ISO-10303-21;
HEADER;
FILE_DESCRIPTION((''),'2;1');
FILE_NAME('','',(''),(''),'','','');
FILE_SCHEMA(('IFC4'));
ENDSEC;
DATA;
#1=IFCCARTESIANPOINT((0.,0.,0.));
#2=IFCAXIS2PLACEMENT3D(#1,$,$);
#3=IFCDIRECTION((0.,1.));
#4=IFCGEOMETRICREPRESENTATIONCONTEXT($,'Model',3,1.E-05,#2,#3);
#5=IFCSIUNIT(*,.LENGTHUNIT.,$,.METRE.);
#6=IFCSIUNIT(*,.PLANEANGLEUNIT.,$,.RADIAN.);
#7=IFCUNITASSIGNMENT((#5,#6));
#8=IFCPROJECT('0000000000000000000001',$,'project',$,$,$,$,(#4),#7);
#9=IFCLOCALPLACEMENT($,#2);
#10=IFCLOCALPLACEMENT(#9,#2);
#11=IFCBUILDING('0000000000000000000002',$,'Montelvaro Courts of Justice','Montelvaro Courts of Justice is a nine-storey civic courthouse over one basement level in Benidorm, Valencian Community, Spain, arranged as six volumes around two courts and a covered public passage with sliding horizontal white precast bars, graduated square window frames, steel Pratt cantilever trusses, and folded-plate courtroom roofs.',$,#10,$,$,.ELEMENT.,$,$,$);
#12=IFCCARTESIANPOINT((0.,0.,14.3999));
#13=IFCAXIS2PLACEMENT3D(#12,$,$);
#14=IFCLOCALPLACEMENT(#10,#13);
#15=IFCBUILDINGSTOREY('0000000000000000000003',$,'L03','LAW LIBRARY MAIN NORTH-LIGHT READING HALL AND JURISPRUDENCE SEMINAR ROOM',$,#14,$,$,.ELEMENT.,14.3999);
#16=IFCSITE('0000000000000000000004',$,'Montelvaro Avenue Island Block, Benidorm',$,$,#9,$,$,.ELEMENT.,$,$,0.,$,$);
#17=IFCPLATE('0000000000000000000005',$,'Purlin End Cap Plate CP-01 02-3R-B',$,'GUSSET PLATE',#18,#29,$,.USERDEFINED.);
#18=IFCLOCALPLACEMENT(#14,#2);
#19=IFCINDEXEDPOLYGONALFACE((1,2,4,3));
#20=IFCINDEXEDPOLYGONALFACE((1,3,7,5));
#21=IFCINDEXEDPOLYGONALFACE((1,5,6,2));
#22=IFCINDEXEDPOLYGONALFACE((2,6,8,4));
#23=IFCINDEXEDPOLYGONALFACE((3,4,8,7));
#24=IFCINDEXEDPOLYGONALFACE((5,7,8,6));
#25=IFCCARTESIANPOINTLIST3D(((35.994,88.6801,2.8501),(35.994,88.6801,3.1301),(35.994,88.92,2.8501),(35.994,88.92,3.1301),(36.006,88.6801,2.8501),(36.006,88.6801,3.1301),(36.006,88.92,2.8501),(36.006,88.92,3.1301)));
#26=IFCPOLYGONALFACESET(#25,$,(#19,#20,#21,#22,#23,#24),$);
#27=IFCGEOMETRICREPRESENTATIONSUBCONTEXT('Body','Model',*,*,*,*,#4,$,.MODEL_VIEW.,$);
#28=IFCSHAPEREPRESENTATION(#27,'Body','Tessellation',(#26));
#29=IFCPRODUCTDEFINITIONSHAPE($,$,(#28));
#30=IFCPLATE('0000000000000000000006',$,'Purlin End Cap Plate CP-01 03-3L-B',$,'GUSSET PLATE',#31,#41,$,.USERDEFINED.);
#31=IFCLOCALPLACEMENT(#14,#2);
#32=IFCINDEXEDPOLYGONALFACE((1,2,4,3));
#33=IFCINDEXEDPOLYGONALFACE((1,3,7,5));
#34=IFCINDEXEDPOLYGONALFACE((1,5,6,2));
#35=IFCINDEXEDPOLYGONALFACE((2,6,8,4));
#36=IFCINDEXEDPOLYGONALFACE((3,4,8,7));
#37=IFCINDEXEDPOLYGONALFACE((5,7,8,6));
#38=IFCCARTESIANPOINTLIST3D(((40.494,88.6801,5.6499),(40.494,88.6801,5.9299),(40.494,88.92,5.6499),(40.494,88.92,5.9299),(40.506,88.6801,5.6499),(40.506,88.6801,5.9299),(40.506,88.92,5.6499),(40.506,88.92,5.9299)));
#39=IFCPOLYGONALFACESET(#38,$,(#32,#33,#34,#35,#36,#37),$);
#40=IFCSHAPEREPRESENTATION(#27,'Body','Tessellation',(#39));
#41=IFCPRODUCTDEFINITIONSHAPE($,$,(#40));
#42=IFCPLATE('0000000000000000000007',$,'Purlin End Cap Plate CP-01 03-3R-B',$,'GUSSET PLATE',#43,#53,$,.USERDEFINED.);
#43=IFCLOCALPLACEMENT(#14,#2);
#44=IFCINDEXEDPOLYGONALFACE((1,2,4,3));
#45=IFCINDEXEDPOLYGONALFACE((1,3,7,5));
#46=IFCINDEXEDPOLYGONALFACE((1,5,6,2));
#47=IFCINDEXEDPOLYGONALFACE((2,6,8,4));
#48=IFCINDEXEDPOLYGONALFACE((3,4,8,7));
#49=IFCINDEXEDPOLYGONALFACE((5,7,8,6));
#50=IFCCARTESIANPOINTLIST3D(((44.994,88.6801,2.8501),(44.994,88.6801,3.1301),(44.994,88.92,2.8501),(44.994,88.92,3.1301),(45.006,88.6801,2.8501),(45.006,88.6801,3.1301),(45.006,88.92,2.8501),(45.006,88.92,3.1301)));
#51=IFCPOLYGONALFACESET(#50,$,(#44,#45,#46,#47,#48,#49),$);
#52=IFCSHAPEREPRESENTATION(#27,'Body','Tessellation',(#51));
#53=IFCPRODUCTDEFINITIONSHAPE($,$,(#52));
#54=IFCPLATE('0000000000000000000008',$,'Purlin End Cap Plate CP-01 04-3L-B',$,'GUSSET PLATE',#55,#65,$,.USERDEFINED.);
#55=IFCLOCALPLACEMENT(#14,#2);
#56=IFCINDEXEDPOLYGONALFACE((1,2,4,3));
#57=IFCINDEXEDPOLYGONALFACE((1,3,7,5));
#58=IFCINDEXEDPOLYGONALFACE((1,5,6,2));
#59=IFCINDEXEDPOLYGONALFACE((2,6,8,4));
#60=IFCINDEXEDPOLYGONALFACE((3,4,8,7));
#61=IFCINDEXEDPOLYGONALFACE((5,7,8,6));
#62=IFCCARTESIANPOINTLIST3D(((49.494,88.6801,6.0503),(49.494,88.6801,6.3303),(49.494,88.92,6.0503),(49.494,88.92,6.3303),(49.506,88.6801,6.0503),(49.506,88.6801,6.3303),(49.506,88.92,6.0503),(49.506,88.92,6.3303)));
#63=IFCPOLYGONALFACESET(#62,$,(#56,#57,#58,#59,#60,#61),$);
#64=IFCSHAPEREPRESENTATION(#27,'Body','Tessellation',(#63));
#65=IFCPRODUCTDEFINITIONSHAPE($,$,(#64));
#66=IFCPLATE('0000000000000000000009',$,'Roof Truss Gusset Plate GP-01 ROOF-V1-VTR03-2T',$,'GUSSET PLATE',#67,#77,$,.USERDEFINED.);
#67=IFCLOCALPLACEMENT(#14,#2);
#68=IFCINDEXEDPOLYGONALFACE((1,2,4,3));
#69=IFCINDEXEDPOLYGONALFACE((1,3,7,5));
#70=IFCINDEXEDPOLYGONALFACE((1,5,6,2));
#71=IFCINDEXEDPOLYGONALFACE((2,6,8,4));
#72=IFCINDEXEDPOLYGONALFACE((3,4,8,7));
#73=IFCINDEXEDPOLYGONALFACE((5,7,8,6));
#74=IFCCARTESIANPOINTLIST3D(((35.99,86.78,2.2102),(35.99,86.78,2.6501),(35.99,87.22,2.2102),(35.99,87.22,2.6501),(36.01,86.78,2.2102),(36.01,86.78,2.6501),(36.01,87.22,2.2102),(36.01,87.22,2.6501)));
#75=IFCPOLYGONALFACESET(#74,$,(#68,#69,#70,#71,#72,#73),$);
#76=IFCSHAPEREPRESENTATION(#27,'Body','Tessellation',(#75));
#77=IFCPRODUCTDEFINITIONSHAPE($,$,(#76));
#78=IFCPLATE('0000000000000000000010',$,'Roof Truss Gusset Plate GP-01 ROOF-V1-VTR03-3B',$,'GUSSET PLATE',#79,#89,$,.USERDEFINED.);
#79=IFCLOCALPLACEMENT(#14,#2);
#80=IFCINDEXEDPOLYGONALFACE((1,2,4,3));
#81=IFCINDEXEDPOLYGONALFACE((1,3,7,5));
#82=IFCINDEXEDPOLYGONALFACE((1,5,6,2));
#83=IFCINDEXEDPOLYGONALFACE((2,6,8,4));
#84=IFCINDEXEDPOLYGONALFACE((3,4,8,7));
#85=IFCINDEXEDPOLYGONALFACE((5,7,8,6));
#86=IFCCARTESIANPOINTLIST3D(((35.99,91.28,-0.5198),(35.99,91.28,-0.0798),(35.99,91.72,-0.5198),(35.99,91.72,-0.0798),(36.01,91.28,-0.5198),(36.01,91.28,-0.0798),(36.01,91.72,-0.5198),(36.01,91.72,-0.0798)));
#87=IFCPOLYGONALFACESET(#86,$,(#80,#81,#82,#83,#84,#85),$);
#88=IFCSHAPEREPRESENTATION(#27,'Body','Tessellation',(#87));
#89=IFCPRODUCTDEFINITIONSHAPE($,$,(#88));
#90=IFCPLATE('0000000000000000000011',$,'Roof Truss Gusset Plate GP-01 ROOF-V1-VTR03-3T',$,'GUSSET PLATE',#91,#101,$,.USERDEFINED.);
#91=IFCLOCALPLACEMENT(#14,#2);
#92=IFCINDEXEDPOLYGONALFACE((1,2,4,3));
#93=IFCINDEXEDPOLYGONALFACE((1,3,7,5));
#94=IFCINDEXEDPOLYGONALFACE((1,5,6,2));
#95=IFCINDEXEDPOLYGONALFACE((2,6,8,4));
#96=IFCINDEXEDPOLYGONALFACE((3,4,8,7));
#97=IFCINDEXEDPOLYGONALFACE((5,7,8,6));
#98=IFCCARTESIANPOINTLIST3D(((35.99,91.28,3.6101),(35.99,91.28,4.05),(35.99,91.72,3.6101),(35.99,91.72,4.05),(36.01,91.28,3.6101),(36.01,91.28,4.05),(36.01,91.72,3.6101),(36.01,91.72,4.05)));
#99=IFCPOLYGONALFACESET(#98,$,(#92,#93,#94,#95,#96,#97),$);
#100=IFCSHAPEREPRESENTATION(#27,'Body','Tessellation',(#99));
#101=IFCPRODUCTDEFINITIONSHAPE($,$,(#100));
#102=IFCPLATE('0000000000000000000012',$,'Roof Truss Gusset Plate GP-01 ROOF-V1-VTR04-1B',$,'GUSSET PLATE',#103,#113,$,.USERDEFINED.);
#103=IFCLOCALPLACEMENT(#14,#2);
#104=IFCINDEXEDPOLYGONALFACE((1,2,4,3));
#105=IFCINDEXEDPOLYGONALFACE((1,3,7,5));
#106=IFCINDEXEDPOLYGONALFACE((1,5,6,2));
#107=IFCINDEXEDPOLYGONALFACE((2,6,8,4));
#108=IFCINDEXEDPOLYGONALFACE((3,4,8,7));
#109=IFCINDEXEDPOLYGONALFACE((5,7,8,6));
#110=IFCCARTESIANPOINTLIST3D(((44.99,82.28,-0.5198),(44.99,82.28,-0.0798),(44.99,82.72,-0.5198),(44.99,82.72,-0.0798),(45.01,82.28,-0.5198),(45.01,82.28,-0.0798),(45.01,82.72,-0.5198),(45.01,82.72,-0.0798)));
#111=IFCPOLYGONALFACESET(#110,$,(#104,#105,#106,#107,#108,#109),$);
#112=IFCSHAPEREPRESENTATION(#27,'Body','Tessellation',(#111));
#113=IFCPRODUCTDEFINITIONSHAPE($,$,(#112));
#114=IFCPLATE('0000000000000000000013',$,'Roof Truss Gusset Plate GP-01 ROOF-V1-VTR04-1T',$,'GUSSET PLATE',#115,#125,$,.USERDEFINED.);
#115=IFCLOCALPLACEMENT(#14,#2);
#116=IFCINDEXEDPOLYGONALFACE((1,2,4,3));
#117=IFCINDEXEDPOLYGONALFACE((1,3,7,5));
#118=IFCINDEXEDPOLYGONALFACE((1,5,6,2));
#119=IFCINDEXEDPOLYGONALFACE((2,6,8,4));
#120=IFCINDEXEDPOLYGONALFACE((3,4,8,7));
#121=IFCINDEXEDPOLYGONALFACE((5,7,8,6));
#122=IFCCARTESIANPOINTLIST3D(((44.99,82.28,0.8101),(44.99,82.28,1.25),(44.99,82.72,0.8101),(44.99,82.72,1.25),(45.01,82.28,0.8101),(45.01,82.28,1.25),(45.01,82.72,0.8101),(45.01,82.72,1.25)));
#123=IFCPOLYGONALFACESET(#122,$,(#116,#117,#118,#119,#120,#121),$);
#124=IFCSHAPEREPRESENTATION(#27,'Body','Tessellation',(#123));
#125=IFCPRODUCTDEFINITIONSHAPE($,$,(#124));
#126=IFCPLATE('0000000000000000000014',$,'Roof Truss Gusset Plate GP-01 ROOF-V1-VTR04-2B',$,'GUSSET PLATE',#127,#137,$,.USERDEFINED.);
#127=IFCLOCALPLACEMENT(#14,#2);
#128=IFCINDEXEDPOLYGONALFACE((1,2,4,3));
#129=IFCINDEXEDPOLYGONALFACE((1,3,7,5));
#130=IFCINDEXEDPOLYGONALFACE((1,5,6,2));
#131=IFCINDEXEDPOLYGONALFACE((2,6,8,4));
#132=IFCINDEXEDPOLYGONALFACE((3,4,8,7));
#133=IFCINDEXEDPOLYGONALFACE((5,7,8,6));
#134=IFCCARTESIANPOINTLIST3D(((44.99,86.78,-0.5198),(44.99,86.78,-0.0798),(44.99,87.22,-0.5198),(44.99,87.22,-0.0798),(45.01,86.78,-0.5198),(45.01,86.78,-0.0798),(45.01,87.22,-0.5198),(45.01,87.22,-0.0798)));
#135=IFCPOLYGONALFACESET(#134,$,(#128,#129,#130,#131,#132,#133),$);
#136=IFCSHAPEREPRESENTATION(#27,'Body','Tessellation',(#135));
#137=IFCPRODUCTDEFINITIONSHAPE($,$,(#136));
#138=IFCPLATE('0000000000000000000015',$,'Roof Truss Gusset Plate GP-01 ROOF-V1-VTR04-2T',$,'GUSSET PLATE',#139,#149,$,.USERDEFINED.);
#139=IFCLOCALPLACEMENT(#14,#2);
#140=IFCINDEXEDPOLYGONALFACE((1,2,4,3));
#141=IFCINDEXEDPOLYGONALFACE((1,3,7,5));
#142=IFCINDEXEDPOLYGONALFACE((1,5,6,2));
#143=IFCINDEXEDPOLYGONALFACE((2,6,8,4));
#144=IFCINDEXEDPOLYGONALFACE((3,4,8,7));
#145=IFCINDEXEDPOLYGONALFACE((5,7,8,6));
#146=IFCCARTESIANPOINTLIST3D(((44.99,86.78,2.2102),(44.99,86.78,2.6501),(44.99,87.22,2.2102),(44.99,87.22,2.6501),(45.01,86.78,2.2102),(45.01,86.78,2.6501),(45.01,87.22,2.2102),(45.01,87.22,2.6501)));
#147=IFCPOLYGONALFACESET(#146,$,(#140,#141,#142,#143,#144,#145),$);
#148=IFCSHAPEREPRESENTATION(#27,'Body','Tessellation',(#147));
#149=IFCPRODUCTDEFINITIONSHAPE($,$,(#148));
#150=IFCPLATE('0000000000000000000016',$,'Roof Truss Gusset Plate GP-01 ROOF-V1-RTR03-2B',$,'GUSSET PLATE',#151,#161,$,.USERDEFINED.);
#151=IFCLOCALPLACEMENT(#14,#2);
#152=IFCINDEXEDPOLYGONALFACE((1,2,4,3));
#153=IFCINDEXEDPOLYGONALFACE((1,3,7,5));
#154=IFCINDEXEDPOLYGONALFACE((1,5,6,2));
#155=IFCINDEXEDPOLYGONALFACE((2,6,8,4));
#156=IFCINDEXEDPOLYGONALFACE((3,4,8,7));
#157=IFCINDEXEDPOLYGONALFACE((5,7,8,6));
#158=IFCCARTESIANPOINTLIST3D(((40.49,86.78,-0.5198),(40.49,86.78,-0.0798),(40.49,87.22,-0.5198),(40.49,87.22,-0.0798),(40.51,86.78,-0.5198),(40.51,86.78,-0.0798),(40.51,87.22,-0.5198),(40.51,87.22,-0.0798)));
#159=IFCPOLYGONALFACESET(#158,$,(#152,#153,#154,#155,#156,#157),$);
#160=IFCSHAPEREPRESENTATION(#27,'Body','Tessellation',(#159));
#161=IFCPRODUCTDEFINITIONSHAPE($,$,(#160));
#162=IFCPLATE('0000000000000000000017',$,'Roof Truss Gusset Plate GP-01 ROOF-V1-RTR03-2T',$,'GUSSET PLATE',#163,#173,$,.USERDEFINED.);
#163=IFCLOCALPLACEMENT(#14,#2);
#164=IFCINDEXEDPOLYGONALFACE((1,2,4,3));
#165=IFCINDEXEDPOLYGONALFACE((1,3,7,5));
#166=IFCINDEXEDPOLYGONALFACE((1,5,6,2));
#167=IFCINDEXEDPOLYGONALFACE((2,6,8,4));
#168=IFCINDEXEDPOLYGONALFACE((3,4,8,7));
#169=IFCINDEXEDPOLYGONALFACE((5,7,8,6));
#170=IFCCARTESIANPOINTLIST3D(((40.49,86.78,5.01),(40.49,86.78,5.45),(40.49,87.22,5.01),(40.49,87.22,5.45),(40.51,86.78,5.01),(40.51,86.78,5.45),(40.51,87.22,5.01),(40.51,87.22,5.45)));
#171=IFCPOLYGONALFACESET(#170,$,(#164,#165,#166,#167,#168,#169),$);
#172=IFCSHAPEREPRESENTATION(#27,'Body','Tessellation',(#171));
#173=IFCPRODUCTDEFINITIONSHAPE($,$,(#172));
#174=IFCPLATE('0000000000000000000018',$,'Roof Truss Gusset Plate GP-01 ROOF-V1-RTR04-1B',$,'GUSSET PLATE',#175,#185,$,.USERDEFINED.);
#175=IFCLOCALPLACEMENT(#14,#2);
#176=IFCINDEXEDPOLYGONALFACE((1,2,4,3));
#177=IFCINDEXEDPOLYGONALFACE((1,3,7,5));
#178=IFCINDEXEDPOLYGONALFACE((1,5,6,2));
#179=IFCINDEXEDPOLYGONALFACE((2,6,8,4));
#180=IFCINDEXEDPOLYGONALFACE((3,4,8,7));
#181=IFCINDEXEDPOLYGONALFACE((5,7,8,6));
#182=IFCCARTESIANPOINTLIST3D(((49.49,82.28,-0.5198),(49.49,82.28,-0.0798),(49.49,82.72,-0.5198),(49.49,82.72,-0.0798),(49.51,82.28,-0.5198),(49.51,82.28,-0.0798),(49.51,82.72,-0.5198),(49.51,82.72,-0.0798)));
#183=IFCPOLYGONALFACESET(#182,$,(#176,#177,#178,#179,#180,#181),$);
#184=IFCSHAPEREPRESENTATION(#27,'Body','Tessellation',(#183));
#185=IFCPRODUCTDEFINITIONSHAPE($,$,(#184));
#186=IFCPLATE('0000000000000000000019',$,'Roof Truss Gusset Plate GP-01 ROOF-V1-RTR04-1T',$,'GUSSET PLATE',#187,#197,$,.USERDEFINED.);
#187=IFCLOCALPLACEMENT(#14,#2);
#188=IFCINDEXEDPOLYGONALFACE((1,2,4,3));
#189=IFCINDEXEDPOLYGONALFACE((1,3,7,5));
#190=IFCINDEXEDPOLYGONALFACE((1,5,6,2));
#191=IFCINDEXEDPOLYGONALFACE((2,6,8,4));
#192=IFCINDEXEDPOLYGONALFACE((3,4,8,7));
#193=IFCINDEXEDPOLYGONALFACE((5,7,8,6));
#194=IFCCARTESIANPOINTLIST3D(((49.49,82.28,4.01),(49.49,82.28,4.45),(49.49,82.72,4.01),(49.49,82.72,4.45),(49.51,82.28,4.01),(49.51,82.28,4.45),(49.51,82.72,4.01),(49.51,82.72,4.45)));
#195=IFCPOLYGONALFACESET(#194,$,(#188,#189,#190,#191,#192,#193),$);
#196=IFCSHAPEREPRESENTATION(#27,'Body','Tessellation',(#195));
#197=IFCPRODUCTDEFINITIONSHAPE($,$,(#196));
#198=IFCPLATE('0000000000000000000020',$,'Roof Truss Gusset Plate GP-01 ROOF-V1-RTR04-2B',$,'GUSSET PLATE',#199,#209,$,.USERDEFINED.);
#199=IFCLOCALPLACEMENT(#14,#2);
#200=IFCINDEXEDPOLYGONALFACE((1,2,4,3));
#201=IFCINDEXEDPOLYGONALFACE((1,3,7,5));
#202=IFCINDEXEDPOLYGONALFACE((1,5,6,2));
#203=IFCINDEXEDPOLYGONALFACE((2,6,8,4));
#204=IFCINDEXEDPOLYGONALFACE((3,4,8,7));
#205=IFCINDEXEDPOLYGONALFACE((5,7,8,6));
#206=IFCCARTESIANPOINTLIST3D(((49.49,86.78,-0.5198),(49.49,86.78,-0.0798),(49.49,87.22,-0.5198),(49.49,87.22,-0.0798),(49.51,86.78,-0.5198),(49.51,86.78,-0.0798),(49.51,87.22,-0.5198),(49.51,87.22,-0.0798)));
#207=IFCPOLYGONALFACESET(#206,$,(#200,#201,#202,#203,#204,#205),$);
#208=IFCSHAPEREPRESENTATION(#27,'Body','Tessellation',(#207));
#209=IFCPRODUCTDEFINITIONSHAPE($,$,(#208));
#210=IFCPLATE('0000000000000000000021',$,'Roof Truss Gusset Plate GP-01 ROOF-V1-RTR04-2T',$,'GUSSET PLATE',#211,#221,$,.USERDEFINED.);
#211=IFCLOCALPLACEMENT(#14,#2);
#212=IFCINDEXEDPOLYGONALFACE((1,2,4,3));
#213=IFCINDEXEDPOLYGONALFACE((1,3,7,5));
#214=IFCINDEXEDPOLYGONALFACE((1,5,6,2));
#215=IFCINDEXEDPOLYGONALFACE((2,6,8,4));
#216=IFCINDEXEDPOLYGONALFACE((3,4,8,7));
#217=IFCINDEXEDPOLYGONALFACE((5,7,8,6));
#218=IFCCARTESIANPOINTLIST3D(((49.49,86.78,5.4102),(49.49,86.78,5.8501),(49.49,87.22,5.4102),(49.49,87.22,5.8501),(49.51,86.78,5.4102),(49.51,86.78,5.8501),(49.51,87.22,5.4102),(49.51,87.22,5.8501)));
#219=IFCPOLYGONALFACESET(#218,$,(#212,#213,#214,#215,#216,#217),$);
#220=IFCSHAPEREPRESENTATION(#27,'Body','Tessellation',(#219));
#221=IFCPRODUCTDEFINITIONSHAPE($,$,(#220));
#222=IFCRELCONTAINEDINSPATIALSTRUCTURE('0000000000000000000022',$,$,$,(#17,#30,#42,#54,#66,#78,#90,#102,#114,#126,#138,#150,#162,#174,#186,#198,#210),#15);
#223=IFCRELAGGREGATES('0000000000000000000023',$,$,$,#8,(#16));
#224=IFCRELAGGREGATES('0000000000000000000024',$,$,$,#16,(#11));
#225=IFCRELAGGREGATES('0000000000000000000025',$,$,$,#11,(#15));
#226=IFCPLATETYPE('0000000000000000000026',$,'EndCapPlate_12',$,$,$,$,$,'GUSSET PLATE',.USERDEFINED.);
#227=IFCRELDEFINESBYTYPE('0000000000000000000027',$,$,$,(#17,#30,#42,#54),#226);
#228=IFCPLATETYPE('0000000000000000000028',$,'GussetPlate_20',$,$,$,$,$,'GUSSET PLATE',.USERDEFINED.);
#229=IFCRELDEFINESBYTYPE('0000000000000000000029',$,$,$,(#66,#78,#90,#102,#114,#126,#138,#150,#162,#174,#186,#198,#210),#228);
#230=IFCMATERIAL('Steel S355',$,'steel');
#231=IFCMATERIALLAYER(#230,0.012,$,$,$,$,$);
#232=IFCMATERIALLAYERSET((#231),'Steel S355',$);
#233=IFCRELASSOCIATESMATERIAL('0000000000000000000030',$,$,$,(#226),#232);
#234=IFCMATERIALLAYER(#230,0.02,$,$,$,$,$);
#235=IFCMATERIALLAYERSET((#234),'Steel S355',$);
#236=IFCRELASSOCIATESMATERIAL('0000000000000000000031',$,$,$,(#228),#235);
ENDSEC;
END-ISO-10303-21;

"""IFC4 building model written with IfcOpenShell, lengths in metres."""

from ifc_helpers import new_model, si_unit, direction, frame, origin, origin_2d, place, context, subcontext, project, spatial, rectangle, extrude, material, layer, layer_set, type_object, element, save


model = new_model("IFC4")

# Units and contexts
model_context = context("Model", 3, precision=1e-05, world=origin(), true_north=direction((0.0, 1.0)))
body_context = subcontext(model_context, "Body", "Model", "MODEL_VIEW")
ifc_project = project(units=[si_unit("LENGTHUNIT", "METRE"), si_unit("PLANEANGLEUNIT", "RADIAN")], contexts=[model_context])

# Site, building, storey
site_placement = place(None, origin())
site = spatial("IfcSite", under=ifc_project, at=site_placement, Name="Montelvaro Avenue Island Block, Benidorm", CompositionType="ELEMENT", RefElevation=0.0)
building_placement = place(site_placement, origin())
building = spatial("IfcBuilding", under=site, at=building_placement, Name="Montelvaro Courts of Justice", Description="Montelvaro Courts of Justice is a nine-storey civic courthouse over one basement level in Benidorm, Valencian Community, Spain, arranged as six volumes around two courts and a covered public passage with sliding horizontal white precast bars, graduated square window frames, steel Pratt cantilever trusses, and folded-plate courtroom roofs.", CompositionType="ELEMENT")
storey_placement = place(building_placement, frame((0.0, 0.0, 14.3999)))
storey = spatial("IfcBuildingStorey", under=building, at=storey_placement, Name="L03", Description="LAW LIBRARY MAIN NORTH-LIGHT READING HALL AND JURISPRUDENCE SEMINAR ROOM", CompositionType="ELEMENT", Elevation=14.3999)

# Shared definitions
ifc_material = material(Name="Steel S355", Category="steel")

# Plates
ifc_layer_1 = layer(ifc_material, 0.012)
ifc_layer_set_1 = layer_set([ifc_layer_1], Name="Steel S355")
plate_type_1 = type_object("IfcPlateType", Name="EndCapPlate_12", ElementType="GUSSET PLATE", PredefinedType="USERDEFINED", material=ifc_layer_set_1)
for number, where, z_axis, x_axis, name in (
    (1, (36.0, 88.8, 2.8501), (0.0, 0.0, 1.0), (1.0, 0.0, 0.0), "Purlin End Cap Plate CP-01 02-3R-B"),
    (2, (40.5, 88.8, 5.6499), (0.0, 0.0, 1.0), (1.0, 0.0, 0.0), "Purlin End Cap Plate CP-01 03-3L-B"),
    (3, (45.0, 88.8, 2.8501), (0.0, 0.0, 1.0), (1.0, 0.0, 0.0), "Purlin End Cap Plate CP-01 03-3R-B"),
    (4, (49.5, 88.8, 6.0503), (0.0, 0.0, 1.0), (1.0, 0.0, 0.0), "Purlin End Cap Plate CP-01 04-3L-B"),
):
    element("IfcPlate", number, at=place(storey_placement, frame(where, z_axis=z_axis, x_axis=x_axis)), inside=storey, type_object=plate_type_1, Name=name, ObjectType="GUSSET PLATE", PredefinedType="USERDEFINED", context=body_context, shape_type="SweptSolid", body=[
        extrude(rectangle(XDim=0.012, YDim=0.24, at=origin_2d()), origin(), (0.0, 0.0, 1.0), 0.28),
    ])
ifc_layer_2 = layer(ifc_material, 0.02)
ifc_layer_set_2 = layer_set([ifc_layer_2], Name="Steel S355")
plate_type_2 = type_object("IfcPlateType", Name="GussetPlate_20", ElementType="GUSSET PLATE", PredefinedType="USERDEFINED", material=ifc_layer_set_2)
for number, where, z_axis, x_axis, name in (
    (5, (36.0, 87.0, 2.2102), (0.0, 0.0, 1.0), (1.0, 0.0, 0.0), "Roof Truss Gusset Plate GP-01 ROOF-V1-VTR03-2T"),
    (6, (36.0, 91.5, -0.5198), (0.0, 0.0, 1.0), (1.0, 0.0, 0.0), "Roof Truss Gusset Plate GP-01 ROOF-V1-VTR03-3B"),
    (7, (36.0, 91.5, 3.6101), (0.0, 0.0, 1.0), (1.0, 0.0, 0.0), "Roof Truss Gusset Plate GP-01 ROOF-V1-VTR03-3T"),
    (8, (45.0, 82.5, -0.5198), (0.0, 0.0, 1.0), (1.0, 0.0, 0.0), "Roof Truss Gusset Plate GP-01 ROOF-V1-VTR04-1B"),
    (9, (45.0, 82.5, 0.8101), (0.0, 0.0, 1.0), (1.0, 0.0, 0.0), "Roof Truss Gusset Plate GP-01 ROOF-V1-VTR04-1T"),
    (10, (45.0, 87.0, -0.5198), (0.0, 0.0, 1.0), (1.0, 0.0, 0.0), "Roof Truss Gusset Plate GP-01 ROOF-V1-VTR04-2B"),
    (11, (45.0, 87.0, 2.2102), (0.0, 0.0, 1.0), (1.0, 0.0, 0.0), "Roof Truss Gusset Plate GP-01 ROOF-V1-VTR04-2T"),
    (12, (40.5, 87.0, -0.5198), (0.0, 0.0, 1.0), (1.0, 0.0, 0.0), "Roof Truss Gusset Plate GP-01 ROOF-V1-RTR03-2B"),
    (13, (40.5, 87.0, 5.01), (0.0, 0.0, 1.0), (1.0, 0.0, 0.0), "Roof Truss Gusset Plate GP-01 ROOF-V1-RTR03-2T"),
    (14, (49.5, 82.5, -0.5198), (0.0, 0.0, 1.0), (1.0, 0.0, 0.0), "Roof Truss Gusset Plate GP-01 ROOF-V1-RTR04-1B"),
    (15, (49.5, 82.5, 4.01), (0.0, 0.0, 1.0), (1.0, 0.0, 0.0), "Roof Truss Gusset Plate GP-01 ROOF-V1-RTR04-1T"),
    (16, (49.5, 87.0, -0.5198), (0.0, 0.0, 1.0), (1.0, 0.0, 0.0), "Roof Truss Gusset Plate GP-01 ROOF-V1-RTR04-2B"),
    (17, (49.5, 87.0, 5.4102), (0.0, 0.0, 1.0), (1.0, 0.0, 0.0), "Roof Truss Gusset Plate GP-01 ROOF-V1-RTR04-2T"),
):
    element("IfcPlate", number, at=place(storey_placement, frame(where, z_axis=z_axis, x_axis=x_axis)), inside=storey, type_object=plate_type_2, Name=name, ObjectType="GUSSET PLATE", PredefinedType="USERDEFINED", context=body_context, shape_type="SweptSolid", body=[
        extrude(rectangle(XDim=0.02, YDim=0.4399, at=origin_2d()), origin(), (0.0, 0.0, 1.0), 0.4399),
    ])

save(model, "model.ifc")
